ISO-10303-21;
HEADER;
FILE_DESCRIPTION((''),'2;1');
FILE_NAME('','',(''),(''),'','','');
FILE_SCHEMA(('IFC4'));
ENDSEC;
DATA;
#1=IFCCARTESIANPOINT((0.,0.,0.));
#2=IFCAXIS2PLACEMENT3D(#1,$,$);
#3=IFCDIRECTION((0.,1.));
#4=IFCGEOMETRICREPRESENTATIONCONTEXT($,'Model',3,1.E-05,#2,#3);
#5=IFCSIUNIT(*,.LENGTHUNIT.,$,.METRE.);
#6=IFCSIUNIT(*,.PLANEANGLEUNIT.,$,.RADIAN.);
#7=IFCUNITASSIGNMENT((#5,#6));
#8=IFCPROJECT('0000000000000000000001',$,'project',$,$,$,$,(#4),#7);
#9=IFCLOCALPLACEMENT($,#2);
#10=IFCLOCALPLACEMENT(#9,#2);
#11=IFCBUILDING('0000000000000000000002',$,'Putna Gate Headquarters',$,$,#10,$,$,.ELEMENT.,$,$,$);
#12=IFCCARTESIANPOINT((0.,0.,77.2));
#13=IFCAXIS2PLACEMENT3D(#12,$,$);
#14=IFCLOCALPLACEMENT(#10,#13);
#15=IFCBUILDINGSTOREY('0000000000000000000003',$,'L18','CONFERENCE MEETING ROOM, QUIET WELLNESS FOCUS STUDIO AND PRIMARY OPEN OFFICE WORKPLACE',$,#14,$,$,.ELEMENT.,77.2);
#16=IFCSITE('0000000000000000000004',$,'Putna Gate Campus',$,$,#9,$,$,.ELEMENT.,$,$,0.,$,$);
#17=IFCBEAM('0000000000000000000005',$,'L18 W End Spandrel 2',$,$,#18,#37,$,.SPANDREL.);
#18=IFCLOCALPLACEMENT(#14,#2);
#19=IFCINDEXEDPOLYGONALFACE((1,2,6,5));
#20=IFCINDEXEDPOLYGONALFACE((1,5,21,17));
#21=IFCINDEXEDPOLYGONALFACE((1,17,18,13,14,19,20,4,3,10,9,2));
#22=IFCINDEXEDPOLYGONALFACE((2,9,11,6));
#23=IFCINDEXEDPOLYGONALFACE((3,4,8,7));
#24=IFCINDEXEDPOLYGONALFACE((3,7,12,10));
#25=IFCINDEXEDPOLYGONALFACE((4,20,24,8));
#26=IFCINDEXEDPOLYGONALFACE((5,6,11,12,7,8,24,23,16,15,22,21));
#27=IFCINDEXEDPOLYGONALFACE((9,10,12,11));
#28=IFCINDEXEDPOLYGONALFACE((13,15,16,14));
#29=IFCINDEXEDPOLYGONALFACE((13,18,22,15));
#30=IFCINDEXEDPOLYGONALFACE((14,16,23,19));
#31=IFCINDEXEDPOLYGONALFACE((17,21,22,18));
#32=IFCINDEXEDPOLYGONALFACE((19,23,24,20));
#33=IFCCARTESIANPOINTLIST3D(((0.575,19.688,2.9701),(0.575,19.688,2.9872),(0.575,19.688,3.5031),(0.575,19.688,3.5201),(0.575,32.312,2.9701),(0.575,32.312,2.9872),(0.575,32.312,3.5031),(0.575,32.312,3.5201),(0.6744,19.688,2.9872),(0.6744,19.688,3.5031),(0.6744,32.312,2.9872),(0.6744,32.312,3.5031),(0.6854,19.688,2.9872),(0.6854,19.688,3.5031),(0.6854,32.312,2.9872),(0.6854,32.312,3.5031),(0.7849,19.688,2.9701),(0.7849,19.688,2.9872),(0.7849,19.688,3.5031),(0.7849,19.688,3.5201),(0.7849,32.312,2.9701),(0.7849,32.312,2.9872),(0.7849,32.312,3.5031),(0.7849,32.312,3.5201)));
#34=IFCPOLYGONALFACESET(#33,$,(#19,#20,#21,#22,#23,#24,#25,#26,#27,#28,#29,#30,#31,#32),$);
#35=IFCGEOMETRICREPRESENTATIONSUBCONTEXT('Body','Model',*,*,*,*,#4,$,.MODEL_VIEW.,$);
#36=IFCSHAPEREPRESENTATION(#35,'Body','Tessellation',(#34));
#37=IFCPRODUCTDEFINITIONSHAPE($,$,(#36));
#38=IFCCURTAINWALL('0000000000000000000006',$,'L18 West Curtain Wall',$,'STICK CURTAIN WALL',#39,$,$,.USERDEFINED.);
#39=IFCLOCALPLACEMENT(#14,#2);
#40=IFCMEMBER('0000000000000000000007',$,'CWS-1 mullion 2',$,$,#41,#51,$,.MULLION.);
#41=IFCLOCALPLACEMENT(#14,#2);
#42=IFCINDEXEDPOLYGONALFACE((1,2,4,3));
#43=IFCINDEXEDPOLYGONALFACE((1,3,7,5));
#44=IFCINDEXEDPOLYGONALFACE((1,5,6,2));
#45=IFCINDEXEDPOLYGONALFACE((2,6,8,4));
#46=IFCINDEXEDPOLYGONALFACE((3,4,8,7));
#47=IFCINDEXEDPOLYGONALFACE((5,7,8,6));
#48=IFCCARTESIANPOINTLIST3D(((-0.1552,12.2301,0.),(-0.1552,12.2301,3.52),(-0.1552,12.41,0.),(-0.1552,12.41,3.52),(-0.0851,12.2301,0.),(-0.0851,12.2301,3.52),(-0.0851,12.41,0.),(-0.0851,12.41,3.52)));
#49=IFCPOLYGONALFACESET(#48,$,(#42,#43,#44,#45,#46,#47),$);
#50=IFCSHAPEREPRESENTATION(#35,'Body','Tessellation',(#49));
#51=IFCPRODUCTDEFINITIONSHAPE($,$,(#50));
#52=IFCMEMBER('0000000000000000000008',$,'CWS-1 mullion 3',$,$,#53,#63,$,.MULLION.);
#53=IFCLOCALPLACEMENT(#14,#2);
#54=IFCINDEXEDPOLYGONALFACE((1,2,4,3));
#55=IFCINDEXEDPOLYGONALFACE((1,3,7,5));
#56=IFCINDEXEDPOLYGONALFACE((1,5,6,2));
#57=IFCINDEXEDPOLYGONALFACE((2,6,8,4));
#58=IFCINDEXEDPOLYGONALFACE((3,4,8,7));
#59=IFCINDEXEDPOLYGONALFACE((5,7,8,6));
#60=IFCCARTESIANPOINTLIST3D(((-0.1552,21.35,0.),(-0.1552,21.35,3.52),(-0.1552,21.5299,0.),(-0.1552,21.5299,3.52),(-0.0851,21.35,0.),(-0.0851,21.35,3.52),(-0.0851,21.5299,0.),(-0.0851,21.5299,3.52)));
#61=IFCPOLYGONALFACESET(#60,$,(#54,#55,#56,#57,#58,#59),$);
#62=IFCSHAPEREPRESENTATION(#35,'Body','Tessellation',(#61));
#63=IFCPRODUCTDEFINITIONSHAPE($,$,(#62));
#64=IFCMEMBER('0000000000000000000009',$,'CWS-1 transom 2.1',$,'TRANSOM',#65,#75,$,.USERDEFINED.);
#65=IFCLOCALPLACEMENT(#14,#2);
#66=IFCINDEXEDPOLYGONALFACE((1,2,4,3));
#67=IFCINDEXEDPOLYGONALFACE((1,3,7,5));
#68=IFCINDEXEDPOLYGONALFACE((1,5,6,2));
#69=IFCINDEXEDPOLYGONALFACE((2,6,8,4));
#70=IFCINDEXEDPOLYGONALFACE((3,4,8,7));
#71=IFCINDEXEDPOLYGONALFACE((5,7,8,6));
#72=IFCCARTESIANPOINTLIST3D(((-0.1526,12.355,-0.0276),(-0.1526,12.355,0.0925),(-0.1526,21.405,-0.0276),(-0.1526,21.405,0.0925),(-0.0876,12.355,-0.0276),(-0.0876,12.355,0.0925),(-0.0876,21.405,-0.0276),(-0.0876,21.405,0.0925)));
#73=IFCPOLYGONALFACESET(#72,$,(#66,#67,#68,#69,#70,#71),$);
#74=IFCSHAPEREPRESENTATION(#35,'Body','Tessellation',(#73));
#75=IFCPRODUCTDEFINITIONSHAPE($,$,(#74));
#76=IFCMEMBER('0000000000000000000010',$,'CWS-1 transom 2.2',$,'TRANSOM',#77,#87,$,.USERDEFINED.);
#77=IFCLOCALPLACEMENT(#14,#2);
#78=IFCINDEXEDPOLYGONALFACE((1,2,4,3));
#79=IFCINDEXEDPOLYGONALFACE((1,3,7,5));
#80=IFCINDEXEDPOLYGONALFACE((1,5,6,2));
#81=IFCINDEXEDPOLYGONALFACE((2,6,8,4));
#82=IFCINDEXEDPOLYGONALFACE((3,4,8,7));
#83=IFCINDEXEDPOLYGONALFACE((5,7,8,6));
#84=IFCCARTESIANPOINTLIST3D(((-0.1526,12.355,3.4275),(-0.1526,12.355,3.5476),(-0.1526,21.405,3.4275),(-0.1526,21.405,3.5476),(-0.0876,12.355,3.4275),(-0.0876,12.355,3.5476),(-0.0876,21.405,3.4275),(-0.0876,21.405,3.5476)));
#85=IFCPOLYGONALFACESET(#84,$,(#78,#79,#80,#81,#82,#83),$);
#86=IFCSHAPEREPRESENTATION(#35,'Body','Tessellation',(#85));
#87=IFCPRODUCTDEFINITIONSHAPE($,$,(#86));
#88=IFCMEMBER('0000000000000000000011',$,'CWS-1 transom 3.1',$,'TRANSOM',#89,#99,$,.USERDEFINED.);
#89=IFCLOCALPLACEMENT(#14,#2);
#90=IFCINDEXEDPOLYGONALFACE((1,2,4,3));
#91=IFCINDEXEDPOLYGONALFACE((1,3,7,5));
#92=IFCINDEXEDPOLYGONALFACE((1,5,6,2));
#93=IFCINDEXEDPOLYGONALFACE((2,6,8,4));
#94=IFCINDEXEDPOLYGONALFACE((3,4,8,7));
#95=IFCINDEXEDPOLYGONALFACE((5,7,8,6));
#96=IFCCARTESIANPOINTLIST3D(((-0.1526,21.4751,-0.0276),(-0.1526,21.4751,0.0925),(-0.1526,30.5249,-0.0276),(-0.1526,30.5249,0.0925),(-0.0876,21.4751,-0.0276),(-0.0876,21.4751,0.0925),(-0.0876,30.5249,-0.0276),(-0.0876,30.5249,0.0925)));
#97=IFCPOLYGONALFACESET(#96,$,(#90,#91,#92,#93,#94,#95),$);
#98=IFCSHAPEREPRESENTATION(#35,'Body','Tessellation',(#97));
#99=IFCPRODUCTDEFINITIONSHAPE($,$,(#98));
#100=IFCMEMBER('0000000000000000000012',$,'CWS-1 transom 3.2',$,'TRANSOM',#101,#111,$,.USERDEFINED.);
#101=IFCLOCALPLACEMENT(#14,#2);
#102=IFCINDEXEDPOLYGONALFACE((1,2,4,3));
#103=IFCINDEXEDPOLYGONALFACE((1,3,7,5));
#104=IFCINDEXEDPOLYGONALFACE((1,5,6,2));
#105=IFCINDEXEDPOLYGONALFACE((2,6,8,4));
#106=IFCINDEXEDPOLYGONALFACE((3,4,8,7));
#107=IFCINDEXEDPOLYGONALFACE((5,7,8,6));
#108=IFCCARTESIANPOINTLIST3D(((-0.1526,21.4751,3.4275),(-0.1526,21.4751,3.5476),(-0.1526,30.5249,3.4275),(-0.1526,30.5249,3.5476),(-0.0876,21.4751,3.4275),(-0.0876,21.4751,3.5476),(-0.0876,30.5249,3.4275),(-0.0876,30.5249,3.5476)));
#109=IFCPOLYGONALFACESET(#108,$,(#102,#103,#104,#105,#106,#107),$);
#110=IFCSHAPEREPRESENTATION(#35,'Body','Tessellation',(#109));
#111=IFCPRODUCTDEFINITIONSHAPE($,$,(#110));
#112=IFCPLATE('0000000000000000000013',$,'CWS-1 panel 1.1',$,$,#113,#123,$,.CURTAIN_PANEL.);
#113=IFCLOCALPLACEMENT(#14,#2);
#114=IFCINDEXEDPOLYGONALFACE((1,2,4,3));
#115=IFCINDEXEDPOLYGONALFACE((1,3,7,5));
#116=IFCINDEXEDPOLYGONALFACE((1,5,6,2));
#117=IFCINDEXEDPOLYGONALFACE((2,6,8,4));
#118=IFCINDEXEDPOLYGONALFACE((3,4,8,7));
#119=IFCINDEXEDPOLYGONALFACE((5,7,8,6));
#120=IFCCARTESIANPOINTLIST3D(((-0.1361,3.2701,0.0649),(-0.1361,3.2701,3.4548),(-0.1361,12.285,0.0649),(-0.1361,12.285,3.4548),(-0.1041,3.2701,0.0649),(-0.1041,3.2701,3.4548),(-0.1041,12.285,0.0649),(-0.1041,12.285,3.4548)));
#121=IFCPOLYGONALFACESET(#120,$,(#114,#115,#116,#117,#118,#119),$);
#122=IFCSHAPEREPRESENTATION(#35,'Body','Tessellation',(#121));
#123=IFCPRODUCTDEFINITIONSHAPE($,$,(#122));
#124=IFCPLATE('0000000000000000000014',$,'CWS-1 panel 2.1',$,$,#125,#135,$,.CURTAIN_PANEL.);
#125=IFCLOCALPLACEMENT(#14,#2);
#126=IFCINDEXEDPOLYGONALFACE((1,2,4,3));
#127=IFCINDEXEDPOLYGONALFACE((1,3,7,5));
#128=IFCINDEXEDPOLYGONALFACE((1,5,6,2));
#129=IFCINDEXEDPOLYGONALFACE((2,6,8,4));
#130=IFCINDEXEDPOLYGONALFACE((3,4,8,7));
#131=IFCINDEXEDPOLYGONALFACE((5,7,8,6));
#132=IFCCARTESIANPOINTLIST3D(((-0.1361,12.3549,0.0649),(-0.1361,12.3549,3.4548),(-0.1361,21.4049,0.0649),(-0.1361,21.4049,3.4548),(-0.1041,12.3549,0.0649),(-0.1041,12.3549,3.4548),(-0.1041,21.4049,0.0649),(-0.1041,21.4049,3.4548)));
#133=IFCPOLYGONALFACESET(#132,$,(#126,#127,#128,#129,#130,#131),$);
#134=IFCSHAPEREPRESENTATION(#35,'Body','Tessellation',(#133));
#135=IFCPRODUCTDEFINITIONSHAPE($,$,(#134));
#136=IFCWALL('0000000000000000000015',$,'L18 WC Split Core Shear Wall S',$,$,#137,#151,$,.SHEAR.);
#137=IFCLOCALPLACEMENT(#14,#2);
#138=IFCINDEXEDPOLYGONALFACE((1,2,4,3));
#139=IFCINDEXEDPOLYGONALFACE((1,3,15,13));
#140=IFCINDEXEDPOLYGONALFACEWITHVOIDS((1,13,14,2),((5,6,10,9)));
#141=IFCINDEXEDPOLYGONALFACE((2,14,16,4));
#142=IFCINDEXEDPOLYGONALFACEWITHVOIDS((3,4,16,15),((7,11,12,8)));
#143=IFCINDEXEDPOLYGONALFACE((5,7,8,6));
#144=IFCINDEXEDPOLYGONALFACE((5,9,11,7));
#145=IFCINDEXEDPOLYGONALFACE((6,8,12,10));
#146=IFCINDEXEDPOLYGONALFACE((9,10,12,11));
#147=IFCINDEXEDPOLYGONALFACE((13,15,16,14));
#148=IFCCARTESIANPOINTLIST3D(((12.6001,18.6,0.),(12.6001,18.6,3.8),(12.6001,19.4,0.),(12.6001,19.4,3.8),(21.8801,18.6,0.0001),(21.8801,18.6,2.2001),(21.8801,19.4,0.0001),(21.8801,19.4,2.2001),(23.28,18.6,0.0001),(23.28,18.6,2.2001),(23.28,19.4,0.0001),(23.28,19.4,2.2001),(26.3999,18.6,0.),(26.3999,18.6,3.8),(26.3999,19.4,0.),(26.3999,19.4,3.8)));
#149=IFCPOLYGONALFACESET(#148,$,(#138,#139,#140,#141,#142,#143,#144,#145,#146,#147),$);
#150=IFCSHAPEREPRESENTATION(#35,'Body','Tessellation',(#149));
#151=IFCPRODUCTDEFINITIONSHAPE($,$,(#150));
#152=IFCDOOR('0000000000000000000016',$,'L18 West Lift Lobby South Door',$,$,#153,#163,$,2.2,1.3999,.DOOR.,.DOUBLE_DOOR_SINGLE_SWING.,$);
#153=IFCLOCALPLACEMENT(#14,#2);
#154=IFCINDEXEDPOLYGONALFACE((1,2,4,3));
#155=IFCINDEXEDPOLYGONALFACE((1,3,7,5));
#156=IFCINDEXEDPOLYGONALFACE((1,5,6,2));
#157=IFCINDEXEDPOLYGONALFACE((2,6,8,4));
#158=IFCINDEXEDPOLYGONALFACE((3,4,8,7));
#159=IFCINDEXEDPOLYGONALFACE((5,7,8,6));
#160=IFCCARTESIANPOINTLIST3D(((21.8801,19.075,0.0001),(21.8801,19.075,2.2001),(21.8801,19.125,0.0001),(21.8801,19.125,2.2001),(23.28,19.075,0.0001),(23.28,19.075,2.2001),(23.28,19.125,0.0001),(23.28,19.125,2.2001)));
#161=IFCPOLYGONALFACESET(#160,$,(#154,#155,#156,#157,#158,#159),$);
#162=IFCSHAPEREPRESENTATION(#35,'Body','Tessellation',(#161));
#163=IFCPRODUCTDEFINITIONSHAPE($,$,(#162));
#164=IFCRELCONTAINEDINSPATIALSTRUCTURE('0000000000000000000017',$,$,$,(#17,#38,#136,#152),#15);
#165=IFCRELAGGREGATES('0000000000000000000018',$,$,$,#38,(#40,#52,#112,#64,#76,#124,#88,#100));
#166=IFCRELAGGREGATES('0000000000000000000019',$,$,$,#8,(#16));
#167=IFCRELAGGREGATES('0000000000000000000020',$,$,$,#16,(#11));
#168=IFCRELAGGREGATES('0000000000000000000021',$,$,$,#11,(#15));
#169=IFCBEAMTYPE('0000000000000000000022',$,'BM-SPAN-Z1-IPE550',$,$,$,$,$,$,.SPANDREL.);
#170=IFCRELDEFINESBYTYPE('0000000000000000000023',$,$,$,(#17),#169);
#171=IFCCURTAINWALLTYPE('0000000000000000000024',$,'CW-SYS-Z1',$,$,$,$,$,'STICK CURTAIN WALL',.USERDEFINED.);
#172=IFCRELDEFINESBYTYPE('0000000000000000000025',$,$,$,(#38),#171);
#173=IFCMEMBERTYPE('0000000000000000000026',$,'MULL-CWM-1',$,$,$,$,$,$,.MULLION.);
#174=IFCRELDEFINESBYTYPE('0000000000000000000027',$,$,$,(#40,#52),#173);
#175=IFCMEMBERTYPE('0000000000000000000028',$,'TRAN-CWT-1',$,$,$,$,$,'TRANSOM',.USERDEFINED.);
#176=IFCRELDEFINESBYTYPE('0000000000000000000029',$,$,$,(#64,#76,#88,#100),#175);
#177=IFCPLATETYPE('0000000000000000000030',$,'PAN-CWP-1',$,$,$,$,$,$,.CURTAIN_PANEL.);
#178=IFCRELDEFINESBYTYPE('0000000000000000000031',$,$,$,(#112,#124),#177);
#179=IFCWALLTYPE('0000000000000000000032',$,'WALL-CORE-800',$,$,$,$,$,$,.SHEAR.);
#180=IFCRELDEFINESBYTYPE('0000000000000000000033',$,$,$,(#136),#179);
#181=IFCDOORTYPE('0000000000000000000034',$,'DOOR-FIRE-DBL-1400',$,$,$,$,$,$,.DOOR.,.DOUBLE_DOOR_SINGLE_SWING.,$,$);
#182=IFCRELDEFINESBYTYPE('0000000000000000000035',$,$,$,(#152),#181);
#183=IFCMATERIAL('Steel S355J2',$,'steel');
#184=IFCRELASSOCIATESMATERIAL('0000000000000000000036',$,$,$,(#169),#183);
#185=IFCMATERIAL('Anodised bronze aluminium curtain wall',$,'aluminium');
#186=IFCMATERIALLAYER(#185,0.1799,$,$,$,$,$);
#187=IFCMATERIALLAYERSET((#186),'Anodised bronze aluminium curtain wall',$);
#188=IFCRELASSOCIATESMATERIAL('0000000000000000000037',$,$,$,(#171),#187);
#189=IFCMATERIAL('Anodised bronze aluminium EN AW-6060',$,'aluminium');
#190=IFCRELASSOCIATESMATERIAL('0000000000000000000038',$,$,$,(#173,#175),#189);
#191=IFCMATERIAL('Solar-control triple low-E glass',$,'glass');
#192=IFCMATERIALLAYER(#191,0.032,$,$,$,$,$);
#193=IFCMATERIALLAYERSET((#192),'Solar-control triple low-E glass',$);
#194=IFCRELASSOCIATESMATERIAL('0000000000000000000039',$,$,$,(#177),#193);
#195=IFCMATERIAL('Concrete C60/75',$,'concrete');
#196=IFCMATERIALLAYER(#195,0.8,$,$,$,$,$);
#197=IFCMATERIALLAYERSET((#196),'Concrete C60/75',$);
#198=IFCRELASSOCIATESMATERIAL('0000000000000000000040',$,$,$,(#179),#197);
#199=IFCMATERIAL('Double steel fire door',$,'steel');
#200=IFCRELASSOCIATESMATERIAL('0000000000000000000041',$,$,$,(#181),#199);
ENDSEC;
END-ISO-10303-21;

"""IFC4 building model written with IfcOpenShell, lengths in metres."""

from ifc_helpers import new_model, si_unit, direction, frame, frame_2d, origin, origin_2d, place, context, subcontext, project, spatial, rectangle, i_section, extrude, material, layer, layer_set, material_profile, profile_set, type_object, element, fill, aggregate, save


model = new_model("IFC4")

# Units and contexts
model_context = context("Model", 3, precision=1e-05, world=origin(), true_north=direction((0.0, 1.0)))
body_context = subcontext(model_context, "Body", "Model", "MODEL_VIEW")
ifc_project = project(units=[si_unit("LENGTHUNIT", "METRE"), si_unit("PLANEANGLEUNIT", "RADIAN")], contexts=[model_context])

# Site, building, storey
site_placement = place(None, origin())
site = spatial("IfcSite", under=ifc_project, at=site_placement, Name="Putna Gate Campus", CompositionType="ELEMENT", RefElevation=0.0)
building_placement = place(site_placement, origin())
building = spatial("IfcBuilding", under=site, at=building_placement, Name="Putna Gate Headquarters", CompositionType="ELEMENT")
storey_placement = place(building_placement, frame((0.0, 0.0, 77.2)))
storey = spatial("IfcBuildingStorey", under=building, at=storey_placement, Name="L18", Description="CONFERENCE MEETING ROOM, QUIET WELLNESS FOCUS STUDIO AND PRIMARY OPEN OFFICE WORKPLACE", CompositionType="ELEMENT", Elevation=77.2)

# Shared definitions
ifc_material_1 = material(Name="Concrete C60/75", Category="concrete")

# Beam
ifc_material_2 = material(Name="Steel S355J2", Category="steel")
ifc_material_profile_1 = material_profile(ifc_material_2, i_section(OverallWidth=0.21, OverallDepth=0.55, WebThickness=0.011, FlangeThickness=0.0171, at=origin_2d()), Name="Steel S355J2")
ifc_profile_set_1 = profile_set([ifc_material_profile_1], Name="Steel S355J2")
beam_type_1 = type_object("IfcBeamType", Name="BM-SPAN-Z1-IPE550", PredefinedType="SPANDREL", material=ifc_profile_set_1)
beam_1_placement = place(storey_placement, frame((0.6799, 19.688, 3.2451), z_axis=(0.0, 1.0, 0.0), x_axis=(-1.0, 0.0, 0.0)))
element("IfcBeam", 1, at=beam_1_placement, inside=storey, type_object=beam_type_1, Name="L18 W End Spandrel 2", PredefinedType="SPANDREL", context=body_context, shape_type="SweptSolid", body=[
    extrude(i_section(OverallWidth=0.21, OverallDepth=0.55, WebThickness=0.011, FlangeThickness=0.0171, at=origin_2d()), origin(), (0.0, 0.0, 1.0), 12.624),
])

# Curtain wall, members, plates
ifc_material_3 = material(Name="Anodised bronze aluminium curtain wall", Category="aluminium")
ifc_layer_1 = layer(ifc_material_3, 0.1799)
ifc_layer_set_1 = layer_set([ifc_layer_1], Name="Anodised bronze aluminium curtain wall")
curtain_wall_type = type_object("IfcCurtainWallType", Name="CW-SYS-Z1", ElementType="STICK CURTAIN WALL", PredefinedType="USERDEFINED", material=ifc_layer_set_1)
curtain_wall_placement = place(storey_placement, origin())
curtain_wall = element("IfcCurtainWall", 2, at=curtain_wall_placement, inside=storey, type_object=curtain_wall_type, Name="L18 West Curtain Wall", ObjectType="STICK CURTAIN WALL", PredefinedType="USERDEFINED")
ifc_material_4 = material(Name="Anodised bronze aluminium EN AW-6060", Category="aluminium")
ifc_material_profile_2 = material_profile(ifc_material_4, rectangle(XDim=0.0701, YDim=0.1799, at=origin_2d()), Name="Anodised bronze aluminium EN AW-6060")
ifc_profile_set_2 = profile_set([ifc_material_profile_2], Name="Anodised bronze aluminium EN AW-6060")
member_type_1 = type_object("IfcMemberType", Name="MULL-CWM-1", PredefinedType="MULLION", material=ifc_profile_set_2)
member_1_placement = place(storey_placement, frame((-0.1201, 12.3201, 0.0), z_axis=(0.0, 0.0, 1.0), x_axis=(-1.0, 0.0, 0.0)))
member_1 = element("IfcMember", 3, at=member_1_placement, type_object=member_type_1, Name="CWS-1 mullion 2", PredefinedType="MULLION", context=body_context, shape_type="SweptSolid", body=[
    extrude(rectangle(XDim=0.0701, YDim=0.1799, at=origin_2d()), origin(), (0.0, 0.0, 1.0), 3.52),
])
member_2_placement = place(storey_placement, frame((-0.1201, 21.4399, 0.0), z_axis=(0.0, 0.0, 1.0), x_axis=(-1.0, 0.0, 0.0)))
member_2 = element("IfcMember", 4, at=member_2_placement, type_object=member_type_1, Name="CWS-1 mullion 3", PredefinedType="MULLION", context=body_context, shape_type="SweptSolid", body=[
    extrude(rectangle(XDim=0.0701, YDim=0.1799, at=origin_2d()), origin(), (0.0, 0.0, 1.0), 3.52),
])
ifc_material_profile_3 = material_profile(ifc_material_4, rectangle(XDim=0.0649, YDim=0.1201, at=origin_2d()), Name="Anodised bronze aluminium EN AW-6060")
ifc_profile_set_3 = profile_set([ifc_material_profile_3], Name="Anodised bronze aluminium EN AW-6060")
member_type_2 = type_object("IfcMemberType", Name="TRAN-CWT-1", ElementType="TRANSOM", PredefinedType="USERDEFINED", material=ifc_profile_set_3)
member_3_placement = place(storey_placement, frame((-0.1201, 12.355, 0.0325), z_axis=(0.0, 1.0, 0.0), x_axis=(-1.0, 0.0, 0.0)))
member_3 = element("IfcMember", 5, at=member_3_placement, type_object=member_type_2, Name="CWS-1 transom 2.1", ObjectType="TRANSOM", PredefinedType="USERDEFINED", context=body_context, shape_type="SweptSolid", body=[
    extrude(rectangle(XDim=0.0649, YDim=0.1201, at=origin_2d()), origin(), (0.0, 0.0, 1.0), 9.05),
])
member_4_placement = place(storey_placement, frame((-0.1201, 12.355, 3.4875), z_axis=(0.0, 1.0, 0.0), x_axis=(-1.0, 0.0, 0.0)))
member_4 = element("IfcMember", 6, at=member_4_placement, type_object=member_type_2, Name="CWS-1 transom 2.2", ObjectType="TRANSOM", PredefinedType="USERDEFINED", context=body_context, shape_type="SweptSolid", body=[
    extrude(rectangle(XDim=0.0649, YDim=0.1201, at=origin_2d()), origin(), (0.0, 0.0, 1.0), 9.05),
])
member_5_placement = place(storey_placement, frame((-0.1201, 21.4751, 0.0325), z_axis=(0.0, 1.0, 0.0), x_axis=(-1.0, 0.0, 0.0)))
member_5 = element("IfcMember", 7, at=member_5_placement, type_object=member_type_2, Name="CWS-1 transom 3.1", ObjectType="TRANSOM", PredefinedType="USERDEFINED", context=body_context, shape_type="SweptSolid", body=[
    extrude(rectangle(XDim=0.0649, YDim=0.1201, at=origin_2d()), origin(), (0.0, 0.0, 1.0), 9.0498),
])
member_6_placement = place(storey_placement, frame((-0.1201, 21.4751, 3.4875), z_axis=(0.0, 1.0, 0.0), x_axis=(-1.0, 0.0, 0.0)))
member_6 = element("IfcMember", 8, at=member_6_placement, type_object=member_type_2, Name="CWS-1 transom 3.2", ObjectType="TRANSOM", PredefinedType="USERDEFINED", context=body_context, shape_type="SweptSolid", body=[
    extrude(rectangle(XDim=0.0649, YDim=0.1201, at=origin_2d()), origin(), (0.0, 0.0, 1.0), 9.0498),
])
ifc_material_5 = material(Name="Solar-control triple low-E glass", Category="glass")
ifc_layer_2 = layer(ifc_material_5, 0.032)
ifc_layer_set_2 = layer_set([ifc_layer_2], Name="Solar-control triple low-E glass")
plate_type = type_object("IfcPlateType", Name="PAN-CWP-1", PredefinedType="CURTAIN_PANEL", material=ifc_layer_set_2)
plate_1_placement = place(storey_placement, frame((-0.1201, 7.7776, 0.0649), z_axis=(0.0, 0.0, 1.0), x_axis=(0.0, 1.0, 0.0)))
plate_1 = element("IfcPlate", 9, at=plate_1_placement, type_object=plate_type, Name="CWS-1 panel 1.1", PredefinedType="CURTAIN_PANEL", context=body_context, shape_type="SweptSolid", body=[
    extrude(rectangle(XDim=9.0149, YDim=0.032, at=origin_2d()), origin(), (0.0, 0.0, 1.0), 3.3899),
])
plate_2_placement = place(storey_placement, frame((-0.1201, 16.8799, 0.0649), z_axis=(0.0, 0.0, 1.0), x_axis=(0.0, 1.0, 0.0)))
plate_2 = element("IfcPlate", 10, at=plate_2_placement, type_object=plate_type, Name="CWS-1 panel 2.1", PredefinedType="CURTAIN_PANEL", context=body_context, shape_type="SweptSolid", body=[
    extrude(rectangle(XDim=9.05, YDim=0.032, at=origin_2d()), origin(), (0.0, 0.0, 1.0), 3.3899),
])
aggregate(curtain_wall, [member_1, member_2, plate_1, member_3, member_4, plate_2, member_5, member_6])

# Wall, opening, door
ifc_layer_3 = layer(ifc_material_1, 0.8)
ifc_layer_set_3 = layer_set([ifc_layer_3], Name="Concrete C60/75")
wall_type_1 = type_object("IfcWallType", Name="WALL-CORE-800", PredefinedType="SHEAR", material=ifc_layer_set_3)
wall_1_placement = place(storey_placement, frame((12.6001, 19.0, 0.0), z_axis=(0.0, 0.0, 1.0), x_axis=(1.0, 0.0, 0.0)))
wall_1 = element("IfcWall", 11, at=wall_1_placement, inside=storey, type_object=wall_type_1, Name="L18 WC Split Core Shear Wall S", PredefinedType="SHEAR", context=body_context, shape_type="SweptSolid", body=[
    extrude(rectangle(XDim=13.7998, YDim=0.8, at=frame_2d((6.8999, 0.0))), origin(), (0.0, 0.0, 1.0), 3.8),
])
opening_1_placement = place(wall_1_placement, frame((9.28, 0.0, 0.0)))
opening_1 = element("IfcOpeningElement", 12, at=opening_1_placement, cuts=wall_1, PredefinedType="OPENING", context=body_context, shape_type="SweptSolid", body=[
    extrude(rectangle(XDim=1.3999, YDim=2.2, at=frame_2d((0.7, 1.1001))), frame((0.0, 0.4099, 0.0), z_axis=(0.0, -1.0, 0.0), x_axis=(1.0, 0.0, 0.0)), (0.0, 0.0, 1.0), 0.8201),
])
ifc_material_6 = material(Name="Double steel fire door", Category="steel")
door_type_1 = type_object("IfcDoorType", Name="DOOR-FIRE-DBL-1400", OperationType="DOUBLE_DOOR_SINGLE_SWING", PredefinedType="DOOR", material=ifc_material_6)
door_1_placement = place(opening_1_placement, origin())
door_1 = element("IfcDoor", 13, at=door_1_placement, inside=storey, type_object=door_type_1, Name="L18 West Lift Lobby South Door", OperationType="DOUBLE_DOOR_SINGLE_SWING", OverallHeight=2.2, OverallWidth=1.3999, PredefinedType="DOOR", context=body_context, shape_type="SweptSolid", body=[
    extrude(rectangle(XDim=1.3999, YDim=2.2, at=frame_2d((0.7, 1.1001))), frame((0.0, 0.125, 0.0), z_axis=(0.0, -1.0, 0.0), x_axis=(1.0, 0.0, 0.0)), (0.0, 0.0, 1.0), 0.05),
])
fill(opening_1, door_1)

save(model, "model.ifc")
